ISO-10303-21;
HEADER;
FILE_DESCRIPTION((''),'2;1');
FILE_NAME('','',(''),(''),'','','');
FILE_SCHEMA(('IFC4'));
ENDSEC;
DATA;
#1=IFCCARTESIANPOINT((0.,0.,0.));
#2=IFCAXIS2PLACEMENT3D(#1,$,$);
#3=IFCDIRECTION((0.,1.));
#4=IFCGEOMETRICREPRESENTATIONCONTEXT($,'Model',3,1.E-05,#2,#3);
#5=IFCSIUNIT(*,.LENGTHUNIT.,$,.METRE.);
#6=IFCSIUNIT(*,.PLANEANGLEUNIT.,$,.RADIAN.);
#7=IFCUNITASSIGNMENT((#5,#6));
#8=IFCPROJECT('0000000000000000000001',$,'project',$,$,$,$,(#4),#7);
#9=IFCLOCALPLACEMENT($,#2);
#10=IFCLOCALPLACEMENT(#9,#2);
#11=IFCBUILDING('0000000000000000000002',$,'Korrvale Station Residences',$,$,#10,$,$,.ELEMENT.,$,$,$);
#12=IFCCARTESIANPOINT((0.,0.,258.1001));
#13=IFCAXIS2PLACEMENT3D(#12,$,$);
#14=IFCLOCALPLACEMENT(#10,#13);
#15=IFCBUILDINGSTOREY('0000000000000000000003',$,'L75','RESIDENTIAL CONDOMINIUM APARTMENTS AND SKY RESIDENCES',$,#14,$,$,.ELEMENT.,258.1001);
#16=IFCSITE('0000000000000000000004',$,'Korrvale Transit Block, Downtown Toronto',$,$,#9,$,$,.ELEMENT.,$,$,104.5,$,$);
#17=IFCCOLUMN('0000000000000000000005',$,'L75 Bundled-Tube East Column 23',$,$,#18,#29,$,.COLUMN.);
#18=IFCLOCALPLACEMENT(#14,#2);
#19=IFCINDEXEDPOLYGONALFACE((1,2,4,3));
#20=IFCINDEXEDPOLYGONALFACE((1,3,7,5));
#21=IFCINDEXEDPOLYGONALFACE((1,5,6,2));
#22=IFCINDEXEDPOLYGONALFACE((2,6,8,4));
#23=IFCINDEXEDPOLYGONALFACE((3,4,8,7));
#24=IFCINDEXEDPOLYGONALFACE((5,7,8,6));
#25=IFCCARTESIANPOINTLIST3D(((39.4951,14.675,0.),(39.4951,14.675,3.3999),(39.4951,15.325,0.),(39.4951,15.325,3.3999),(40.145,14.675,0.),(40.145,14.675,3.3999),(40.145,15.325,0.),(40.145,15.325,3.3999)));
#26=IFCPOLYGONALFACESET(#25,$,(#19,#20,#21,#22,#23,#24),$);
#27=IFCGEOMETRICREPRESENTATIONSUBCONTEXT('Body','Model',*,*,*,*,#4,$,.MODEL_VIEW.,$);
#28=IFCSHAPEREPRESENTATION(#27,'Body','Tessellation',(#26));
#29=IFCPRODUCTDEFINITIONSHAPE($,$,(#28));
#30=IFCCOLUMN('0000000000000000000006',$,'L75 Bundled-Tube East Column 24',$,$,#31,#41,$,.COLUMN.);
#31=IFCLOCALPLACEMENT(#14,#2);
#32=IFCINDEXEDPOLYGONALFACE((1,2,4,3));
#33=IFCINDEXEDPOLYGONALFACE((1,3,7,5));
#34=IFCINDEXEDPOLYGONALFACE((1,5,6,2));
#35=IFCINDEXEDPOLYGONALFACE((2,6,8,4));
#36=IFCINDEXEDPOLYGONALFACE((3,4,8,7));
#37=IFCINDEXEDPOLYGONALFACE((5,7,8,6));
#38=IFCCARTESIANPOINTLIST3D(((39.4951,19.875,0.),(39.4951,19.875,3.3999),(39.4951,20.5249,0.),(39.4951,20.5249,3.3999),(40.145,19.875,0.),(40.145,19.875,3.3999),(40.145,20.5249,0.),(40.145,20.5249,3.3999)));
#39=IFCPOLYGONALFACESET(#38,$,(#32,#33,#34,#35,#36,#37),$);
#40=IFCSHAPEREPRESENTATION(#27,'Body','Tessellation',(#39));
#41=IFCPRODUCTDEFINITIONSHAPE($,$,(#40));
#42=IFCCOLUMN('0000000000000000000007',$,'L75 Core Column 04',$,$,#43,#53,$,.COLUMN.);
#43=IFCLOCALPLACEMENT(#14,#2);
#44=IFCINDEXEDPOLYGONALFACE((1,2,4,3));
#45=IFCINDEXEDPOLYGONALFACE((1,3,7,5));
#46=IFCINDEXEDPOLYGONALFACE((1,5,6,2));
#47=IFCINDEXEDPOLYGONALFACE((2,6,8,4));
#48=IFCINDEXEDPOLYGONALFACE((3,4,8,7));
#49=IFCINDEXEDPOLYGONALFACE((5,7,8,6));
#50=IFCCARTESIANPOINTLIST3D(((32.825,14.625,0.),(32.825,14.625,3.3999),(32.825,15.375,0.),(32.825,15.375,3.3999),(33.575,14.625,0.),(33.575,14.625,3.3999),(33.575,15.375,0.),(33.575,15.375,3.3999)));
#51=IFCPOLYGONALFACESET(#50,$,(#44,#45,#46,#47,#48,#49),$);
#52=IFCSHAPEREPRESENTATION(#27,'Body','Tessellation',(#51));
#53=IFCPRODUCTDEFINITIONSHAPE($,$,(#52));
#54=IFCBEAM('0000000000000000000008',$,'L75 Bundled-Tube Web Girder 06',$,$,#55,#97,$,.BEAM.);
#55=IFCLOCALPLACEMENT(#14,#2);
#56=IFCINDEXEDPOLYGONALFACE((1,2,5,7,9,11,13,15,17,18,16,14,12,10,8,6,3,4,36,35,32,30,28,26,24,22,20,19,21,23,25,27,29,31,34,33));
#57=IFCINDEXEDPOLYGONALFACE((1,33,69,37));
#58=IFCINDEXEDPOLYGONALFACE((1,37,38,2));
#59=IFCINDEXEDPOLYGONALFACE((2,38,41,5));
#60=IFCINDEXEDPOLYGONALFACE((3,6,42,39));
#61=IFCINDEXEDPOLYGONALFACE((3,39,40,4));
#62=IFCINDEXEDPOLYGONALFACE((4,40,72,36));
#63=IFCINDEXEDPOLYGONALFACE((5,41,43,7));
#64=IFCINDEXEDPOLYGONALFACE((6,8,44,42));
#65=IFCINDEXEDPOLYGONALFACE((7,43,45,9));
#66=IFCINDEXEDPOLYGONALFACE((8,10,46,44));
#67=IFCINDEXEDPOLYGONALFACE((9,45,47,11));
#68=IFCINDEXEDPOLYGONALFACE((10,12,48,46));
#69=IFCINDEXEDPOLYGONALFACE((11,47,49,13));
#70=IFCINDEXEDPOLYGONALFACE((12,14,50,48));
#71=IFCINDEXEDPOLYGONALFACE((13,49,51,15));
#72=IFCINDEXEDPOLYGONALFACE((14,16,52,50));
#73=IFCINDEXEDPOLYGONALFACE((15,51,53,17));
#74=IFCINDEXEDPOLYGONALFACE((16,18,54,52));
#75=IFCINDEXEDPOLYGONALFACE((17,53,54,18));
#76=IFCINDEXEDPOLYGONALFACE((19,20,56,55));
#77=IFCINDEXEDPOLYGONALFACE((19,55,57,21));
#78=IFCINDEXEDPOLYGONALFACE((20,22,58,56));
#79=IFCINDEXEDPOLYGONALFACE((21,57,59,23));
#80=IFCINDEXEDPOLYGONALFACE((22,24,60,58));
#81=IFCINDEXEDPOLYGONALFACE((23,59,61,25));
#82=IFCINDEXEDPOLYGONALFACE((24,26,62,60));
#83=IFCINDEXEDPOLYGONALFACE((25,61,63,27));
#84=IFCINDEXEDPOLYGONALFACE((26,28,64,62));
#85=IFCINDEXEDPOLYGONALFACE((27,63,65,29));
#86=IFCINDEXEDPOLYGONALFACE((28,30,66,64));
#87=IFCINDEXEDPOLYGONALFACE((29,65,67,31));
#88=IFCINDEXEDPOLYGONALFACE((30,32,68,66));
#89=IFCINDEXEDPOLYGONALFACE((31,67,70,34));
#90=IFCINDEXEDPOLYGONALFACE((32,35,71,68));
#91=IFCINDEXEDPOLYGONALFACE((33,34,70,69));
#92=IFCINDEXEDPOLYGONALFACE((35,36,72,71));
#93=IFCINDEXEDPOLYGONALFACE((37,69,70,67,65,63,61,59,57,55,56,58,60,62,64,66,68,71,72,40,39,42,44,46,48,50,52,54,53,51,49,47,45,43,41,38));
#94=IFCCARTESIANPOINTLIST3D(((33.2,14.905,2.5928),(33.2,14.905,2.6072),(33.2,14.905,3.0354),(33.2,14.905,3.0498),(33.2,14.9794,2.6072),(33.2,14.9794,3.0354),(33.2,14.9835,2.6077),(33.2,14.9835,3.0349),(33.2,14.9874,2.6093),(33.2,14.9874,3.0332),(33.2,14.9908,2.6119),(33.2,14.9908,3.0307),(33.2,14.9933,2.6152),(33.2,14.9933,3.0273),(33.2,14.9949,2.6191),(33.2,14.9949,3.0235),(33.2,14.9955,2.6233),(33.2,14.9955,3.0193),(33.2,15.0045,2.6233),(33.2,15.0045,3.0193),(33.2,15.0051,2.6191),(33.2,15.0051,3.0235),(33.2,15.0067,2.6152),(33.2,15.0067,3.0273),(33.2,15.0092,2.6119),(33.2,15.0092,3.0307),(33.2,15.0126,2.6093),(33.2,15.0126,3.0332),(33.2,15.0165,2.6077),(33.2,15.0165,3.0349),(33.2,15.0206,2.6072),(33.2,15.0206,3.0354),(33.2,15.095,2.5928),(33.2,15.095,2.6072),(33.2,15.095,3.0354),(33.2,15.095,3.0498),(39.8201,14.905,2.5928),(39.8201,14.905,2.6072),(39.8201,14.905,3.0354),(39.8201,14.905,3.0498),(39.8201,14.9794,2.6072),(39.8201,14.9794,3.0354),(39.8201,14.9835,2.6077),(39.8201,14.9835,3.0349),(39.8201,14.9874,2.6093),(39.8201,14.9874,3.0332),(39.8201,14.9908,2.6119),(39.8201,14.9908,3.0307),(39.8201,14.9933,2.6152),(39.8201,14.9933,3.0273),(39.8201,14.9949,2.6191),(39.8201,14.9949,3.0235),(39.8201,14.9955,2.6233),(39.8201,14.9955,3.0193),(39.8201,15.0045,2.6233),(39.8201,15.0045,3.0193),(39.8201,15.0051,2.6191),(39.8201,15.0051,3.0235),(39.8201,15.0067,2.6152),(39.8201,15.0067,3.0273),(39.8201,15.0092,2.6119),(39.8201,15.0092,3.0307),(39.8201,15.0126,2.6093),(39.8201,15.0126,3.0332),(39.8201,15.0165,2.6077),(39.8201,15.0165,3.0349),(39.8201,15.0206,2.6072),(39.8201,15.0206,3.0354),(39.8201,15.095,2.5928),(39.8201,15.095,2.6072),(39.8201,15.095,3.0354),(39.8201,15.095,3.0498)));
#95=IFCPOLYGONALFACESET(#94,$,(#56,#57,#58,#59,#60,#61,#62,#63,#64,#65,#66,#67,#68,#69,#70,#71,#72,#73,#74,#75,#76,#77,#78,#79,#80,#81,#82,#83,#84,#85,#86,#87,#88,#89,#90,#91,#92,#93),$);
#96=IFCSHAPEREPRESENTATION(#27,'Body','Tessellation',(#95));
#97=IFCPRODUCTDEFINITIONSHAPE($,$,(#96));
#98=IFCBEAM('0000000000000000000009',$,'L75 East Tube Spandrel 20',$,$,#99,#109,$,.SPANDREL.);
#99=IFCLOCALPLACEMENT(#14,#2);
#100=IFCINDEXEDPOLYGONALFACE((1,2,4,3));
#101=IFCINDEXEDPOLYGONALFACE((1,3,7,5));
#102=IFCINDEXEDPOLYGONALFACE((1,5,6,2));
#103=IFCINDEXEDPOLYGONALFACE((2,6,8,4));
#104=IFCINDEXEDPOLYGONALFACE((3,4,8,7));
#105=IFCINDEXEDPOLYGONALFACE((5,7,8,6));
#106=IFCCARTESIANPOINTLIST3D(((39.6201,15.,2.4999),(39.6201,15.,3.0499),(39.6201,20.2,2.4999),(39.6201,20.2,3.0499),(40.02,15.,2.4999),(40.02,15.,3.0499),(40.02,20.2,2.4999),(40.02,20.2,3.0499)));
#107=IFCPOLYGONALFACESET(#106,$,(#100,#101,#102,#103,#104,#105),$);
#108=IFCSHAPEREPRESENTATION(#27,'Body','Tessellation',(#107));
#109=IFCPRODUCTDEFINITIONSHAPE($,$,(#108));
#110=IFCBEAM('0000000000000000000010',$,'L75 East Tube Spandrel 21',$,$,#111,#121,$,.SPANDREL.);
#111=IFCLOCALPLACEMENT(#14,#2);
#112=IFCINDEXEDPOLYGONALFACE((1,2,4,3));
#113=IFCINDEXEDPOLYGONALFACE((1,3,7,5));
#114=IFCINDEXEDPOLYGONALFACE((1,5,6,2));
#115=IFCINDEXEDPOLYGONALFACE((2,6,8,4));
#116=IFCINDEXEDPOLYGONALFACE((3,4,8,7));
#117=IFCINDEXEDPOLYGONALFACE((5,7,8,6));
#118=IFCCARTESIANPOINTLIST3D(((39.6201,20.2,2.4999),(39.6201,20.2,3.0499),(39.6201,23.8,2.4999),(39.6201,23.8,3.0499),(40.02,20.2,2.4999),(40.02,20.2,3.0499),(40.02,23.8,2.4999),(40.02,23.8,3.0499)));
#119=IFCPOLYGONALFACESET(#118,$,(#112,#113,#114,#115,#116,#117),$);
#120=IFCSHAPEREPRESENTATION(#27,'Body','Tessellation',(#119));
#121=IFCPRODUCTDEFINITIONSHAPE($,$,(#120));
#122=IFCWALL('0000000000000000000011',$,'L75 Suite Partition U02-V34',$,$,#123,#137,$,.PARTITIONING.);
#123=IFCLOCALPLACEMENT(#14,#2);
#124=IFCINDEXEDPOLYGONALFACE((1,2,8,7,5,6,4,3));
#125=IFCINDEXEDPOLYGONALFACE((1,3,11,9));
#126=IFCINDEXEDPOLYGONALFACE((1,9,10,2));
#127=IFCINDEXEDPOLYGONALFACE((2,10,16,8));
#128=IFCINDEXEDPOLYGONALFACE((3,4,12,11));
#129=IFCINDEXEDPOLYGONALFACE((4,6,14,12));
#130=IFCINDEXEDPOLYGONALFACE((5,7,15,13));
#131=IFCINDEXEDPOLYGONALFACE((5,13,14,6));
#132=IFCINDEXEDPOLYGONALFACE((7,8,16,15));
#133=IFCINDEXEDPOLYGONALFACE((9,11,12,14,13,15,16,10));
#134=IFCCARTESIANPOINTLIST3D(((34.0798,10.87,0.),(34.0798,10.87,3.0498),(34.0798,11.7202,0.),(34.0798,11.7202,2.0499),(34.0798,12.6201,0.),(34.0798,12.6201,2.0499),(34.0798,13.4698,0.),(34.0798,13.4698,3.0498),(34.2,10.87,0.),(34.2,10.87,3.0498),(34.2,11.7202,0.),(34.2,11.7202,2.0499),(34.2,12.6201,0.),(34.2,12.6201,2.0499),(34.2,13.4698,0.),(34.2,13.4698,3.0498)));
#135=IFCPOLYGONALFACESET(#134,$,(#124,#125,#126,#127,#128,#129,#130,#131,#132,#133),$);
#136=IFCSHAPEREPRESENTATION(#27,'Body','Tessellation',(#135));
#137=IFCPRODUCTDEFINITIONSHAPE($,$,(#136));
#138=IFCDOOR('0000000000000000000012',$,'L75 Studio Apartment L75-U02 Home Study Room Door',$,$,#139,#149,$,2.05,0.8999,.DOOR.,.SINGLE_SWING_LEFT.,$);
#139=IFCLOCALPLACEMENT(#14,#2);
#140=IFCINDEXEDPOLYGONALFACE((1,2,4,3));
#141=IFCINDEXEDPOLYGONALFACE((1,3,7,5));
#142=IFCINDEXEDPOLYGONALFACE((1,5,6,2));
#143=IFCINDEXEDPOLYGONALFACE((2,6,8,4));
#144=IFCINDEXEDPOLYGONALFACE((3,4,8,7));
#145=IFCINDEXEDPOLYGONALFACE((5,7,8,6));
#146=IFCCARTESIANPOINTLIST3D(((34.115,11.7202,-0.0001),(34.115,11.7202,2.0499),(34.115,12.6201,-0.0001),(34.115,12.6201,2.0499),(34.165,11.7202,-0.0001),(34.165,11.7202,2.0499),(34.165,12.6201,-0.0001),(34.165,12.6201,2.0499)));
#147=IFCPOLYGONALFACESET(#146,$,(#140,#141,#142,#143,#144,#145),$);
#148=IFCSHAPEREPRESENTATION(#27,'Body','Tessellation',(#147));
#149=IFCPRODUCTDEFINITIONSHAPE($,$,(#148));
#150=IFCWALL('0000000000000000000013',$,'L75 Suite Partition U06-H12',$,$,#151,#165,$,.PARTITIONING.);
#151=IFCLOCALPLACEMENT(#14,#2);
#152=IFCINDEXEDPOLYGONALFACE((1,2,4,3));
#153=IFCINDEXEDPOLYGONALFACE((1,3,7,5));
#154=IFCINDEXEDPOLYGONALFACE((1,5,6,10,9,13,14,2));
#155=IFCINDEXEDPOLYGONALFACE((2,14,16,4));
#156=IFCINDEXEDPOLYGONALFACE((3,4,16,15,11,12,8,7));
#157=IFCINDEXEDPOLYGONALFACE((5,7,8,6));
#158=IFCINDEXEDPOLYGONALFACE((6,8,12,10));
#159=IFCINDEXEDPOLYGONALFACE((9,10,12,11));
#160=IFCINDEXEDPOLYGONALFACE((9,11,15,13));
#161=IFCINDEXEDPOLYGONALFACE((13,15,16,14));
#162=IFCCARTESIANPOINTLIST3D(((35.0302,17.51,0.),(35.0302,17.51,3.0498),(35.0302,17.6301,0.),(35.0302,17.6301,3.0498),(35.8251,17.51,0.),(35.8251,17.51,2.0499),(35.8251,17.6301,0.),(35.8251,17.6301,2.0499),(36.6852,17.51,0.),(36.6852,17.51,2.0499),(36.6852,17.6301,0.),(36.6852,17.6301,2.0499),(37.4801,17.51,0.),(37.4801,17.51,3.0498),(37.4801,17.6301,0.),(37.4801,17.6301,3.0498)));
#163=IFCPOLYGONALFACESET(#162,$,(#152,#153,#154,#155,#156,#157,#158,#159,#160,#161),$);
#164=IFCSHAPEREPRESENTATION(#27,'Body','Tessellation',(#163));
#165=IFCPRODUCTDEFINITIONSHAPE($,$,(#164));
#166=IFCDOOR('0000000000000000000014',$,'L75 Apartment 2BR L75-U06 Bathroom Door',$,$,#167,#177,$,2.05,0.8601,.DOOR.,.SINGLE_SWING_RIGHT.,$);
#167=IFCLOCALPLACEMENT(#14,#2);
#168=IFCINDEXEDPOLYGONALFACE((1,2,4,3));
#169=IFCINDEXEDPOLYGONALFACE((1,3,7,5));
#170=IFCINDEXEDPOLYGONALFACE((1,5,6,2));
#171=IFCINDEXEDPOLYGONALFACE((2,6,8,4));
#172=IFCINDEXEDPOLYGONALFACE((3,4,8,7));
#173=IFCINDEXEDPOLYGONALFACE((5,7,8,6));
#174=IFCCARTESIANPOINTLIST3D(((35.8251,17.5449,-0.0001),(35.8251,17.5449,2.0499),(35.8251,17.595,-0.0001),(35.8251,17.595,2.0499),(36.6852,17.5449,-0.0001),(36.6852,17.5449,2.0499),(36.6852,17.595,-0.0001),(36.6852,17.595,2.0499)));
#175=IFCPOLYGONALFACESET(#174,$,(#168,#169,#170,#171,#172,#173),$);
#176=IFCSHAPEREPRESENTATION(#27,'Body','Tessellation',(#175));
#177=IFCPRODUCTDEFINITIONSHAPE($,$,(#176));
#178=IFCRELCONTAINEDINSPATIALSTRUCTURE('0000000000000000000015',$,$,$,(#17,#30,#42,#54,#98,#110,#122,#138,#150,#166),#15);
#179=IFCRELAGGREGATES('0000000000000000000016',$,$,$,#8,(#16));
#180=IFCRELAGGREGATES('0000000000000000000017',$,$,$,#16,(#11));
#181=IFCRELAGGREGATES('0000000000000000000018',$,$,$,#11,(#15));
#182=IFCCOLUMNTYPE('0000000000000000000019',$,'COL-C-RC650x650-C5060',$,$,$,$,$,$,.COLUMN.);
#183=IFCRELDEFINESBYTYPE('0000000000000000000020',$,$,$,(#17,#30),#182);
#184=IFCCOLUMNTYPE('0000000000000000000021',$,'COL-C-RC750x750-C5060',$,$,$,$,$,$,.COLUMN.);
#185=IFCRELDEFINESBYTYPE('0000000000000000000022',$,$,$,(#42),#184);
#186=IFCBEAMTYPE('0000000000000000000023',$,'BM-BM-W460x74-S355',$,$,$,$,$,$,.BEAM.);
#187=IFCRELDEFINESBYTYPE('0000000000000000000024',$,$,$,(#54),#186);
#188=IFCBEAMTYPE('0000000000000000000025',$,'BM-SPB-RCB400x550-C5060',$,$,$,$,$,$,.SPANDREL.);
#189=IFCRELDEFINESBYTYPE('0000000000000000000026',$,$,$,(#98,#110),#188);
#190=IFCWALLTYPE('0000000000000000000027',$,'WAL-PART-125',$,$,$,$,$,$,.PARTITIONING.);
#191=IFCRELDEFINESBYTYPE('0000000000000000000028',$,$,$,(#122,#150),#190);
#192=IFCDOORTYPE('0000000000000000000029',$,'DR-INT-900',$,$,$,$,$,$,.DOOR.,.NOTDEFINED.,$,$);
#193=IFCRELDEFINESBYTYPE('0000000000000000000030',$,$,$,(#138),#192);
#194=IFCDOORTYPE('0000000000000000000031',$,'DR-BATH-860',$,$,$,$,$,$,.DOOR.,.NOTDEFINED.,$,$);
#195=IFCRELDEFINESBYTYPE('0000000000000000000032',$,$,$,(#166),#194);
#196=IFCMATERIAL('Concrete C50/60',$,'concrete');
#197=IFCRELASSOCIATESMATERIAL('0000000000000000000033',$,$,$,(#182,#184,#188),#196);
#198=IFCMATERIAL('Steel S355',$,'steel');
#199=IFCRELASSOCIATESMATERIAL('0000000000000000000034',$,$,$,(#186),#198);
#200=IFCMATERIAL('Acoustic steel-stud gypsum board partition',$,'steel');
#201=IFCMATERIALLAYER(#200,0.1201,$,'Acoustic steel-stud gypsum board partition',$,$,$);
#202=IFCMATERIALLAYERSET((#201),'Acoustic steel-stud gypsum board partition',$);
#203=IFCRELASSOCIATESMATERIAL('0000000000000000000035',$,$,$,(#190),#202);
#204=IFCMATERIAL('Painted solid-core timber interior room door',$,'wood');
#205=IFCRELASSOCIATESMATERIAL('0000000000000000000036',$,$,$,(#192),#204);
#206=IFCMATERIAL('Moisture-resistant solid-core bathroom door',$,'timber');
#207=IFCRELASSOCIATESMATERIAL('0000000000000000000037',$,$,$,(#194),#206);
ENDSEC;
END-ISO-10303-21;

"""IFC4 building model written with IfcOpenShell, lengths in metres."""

from ifc_helpers import new_model, si_unit, direction, frame, frame_2d, origin, origin_2d, place, context, subcontext, project, spatial, rectangle, i_section, extrude, material, layer, layer_set, material_profile, profile_set, type_object, element, fill, save


model = new_model("IFC4")

# Units and contexts
model_context = context("Model", 3, precision=1e-05, world=origin(), true_north=direction((0.0, 1.0)))
body_context = subcontext(model_context, "Body", "Model", "MODEL_VIEW")
ifc_project = project(units=[si_unit("LENGTHUNIT", "METRE"), si_unit("PLANEANGLEUNIT", "RADIAN")], contexts=[model_context])

# Site, building, storey
site_placement = place(None, origin())
site = spatial("IfcSite", under=ifc_project, at=site_placement, Name="Korrvale Transit Block, Downtown Toronto", CompositionType="ELEMENT", RefElevation=104.5)
building_placement = place(site_placement, origin())
building = spatial("IfcBuilding", under=site, at=building_placement, Name="Korrvale Station Residences", CompositionType="ELEMENT")
storey_placement = place(building_placement, frame((0.0, 0.0, 258.1001)))
storey = spatial("IfcBuildingStorey", under=building, at=storey_placement, Name="L75", Description="RESIDENTIAL CONDOMINIUM APARTMENTS AND SKY RESIDENCES", CompositionType="ELEMENT", Elevation=258.1001)

# Columns
ifc_material_1 = material(Name="Concrete C50/60", Category="concrete")
ifc_material_profile_1 = material_profile(ifc_material_1, rectangle(XDim=0.6499, YDim=0.6499, at=origin_2d()), Name="RC650x650")
ifc_profile_set_1 = profile_set([ifc_material_profile_1], Name="Concrete C50/60")
column_type_1 = type_object("IfcColumnType", Name="COL-C-RC650x650-C5060", PredefinedType="COLUMN", material=ifc_profile_set_1)
for number, where, z_axis, x_axis, name in (
    (1, (39.8201, 15.0, 0.0), (0.0, 0.0, 1.0), (1.0, 0.0, 0.0), "L75 Bundled-Tube East Column 23"),
    (2, (39.8201, 20.2, 0.0), (0.0, 0.0, 1.0), (1.0, 0.0, 0.0), "L75 Bundled-Tube East Column 24"),
):
    element("IfcColumn", number, at=place(storey_placement, frame(where, z_axis=z_axis, x_axis=x_axis)), inside=storey, type_object=column_type_1, Name=name, PredefinedType="COLUMN", context=body_context, shape_type="SweptSolid", body=[
        extrude(rectangle(XDim=0.6499, YDim=0.6499, at=origin_2d()), origin(), (0.0, 0.0, 1.0), 3.3999),
    ])
ifc_material_profile_2 = material_profile(ifc_material_1, rectangle(XDim=0.75, YDim=0.75, at=origin_2d()), Name="RC750x750")
ifc_profile_set_2 = profile_set([ifc_material_profile_2], Name="Concrete C50/60")
column_type_2 = type_object("IfcColumnType", Name="COL-C-RC750x750-C5060", PredefinedType="COLUMN", material=ifc_profile_set_2)
column_placement = place(storey_placement, frame((33.2, 15.0, 0.0), z_axis=(0.0, 0.0, 1.0), x_axis=(1.0, 0.0, 0.0)))
element("IfcColumn", 3, at=column_placement, inside=storey, type_object=column_type_2, Name="L75 Core Column 04", PredefinedType="COLUMN", context=body_context, shape_type="SweptSolid", body=[
    extrude(rectangle(XDim=0.75, YDim=0.75, at=origin_2d()), origin(), (0.0, 0.0, 1.0), 3.3999),
])

# Beams
ifc_material_2 = material(Name="Steel S355", Category="steel")
ifc_material_profile_3 = material_profile(ifc_material_2, i_section(OverallWidth=0.1899, OverallDepth=0.457, WebThickness=0.009, FlangeThickness=0.0144, FilletRadius=0.0161, at=origin_2d()), Name="W460x74")
ifc_profile_set_3 = profile_set([ifc_material_profile_3], Name="Steel S355")
beam_type_1 = type_object("IfcBeamType", Name="BM-BM-W460x74-S355", PredefinedType="BEAM", material=ifc_profile_set_3)
beam_1_placement = place(storey_placement, frame((33.2, 15.0, 2.8213), z_axis=(1.0, 0.0, 0.0), x_axis=(0.0, 1.0, 0.0)))
element("IfcBeam", 4, at=beam_1_placement, inside=storey, type_object=beam_type_1, Name="L75 Bundled-Tube Web Girder 06", PredefinedType="BEAM", context=body_context, shape_type="SweptSolid", body=[
    extrude(i_section(OverallWidth=0.1899, OverallDepth=0.457, WebThickness=0.009, FlangeThickness=0.0144, FilletRadius=0.0161, at=origin_2d()), origin(), (0.0, 0.0, 1.0), 6.6201),
])
ifc_material_profile_4 = material_profile(ifc_material_1, rectangle(XDim=0.3999, YDim=0.55, at=origin_2d()), Name="RCB400x550")
ifc_profile_set_4 = profile_set([ifc_material_profile_4], Name="Concrete C50/60")
beam_type_2 = type_object("IfcBeamType", Name="BM-SPB-RCB400x550-C5060", PredefinedType="SPANDREL", material=ifc_profile_set_4)
beam_2_placement = place(storey_placement, frame((39.8201, 15.0, 2.7749), z_axis=(0.0, 1.0, 0.0), x_axis=(-1.0, 0.0, 0.0)))
element("IfcBeam", 5, at=beam_2_placement, inside=storey, type_object=beam_type_2, Name="L75 East Tube Spandrel 20", PredefinedType="SPANDREL", context=body_context, shape_type="SweptSolid", body=[
    extrude(rectangle(XDim=0.3999, YDim=0.55, at=origin_2d()), origin(), (0.0, 0.0, 1.0), 5.2),
])
beam_3_placement = place(storey_placement, frame((39.8201, 20.2, 2.7749), z_axis=(0.0, 1.0, 0.0), x_axis=(-1.0, 0.0, 0.0)))
element("IfcBeam", 6, at=beam_3_placement, inside=storey, type_object=beam_type_2, Name="L75 East Tube Spandrel 21", PredefinedType="SPANDREL", context=body_context, shape_type="SweptSolid", body=[
    extrude(rectangle(XDim=0.3999, YDim=0.55, at=origin_2d()), origin(), (0.0, 0.0, 1.0), 3.6001),
])

# Walls, openings, doors
ifc_material_3 = material(Name="Acoustic steel-stud gypsum board partition", Category="steel")
ifc_layer_1 = layer(ifc_material_3, 0.1201, Name="Acoustic steel-stud gypsum board partition")
ifc_layer_set_1 = layer_set([ifc_layer_1], Name="Acoustic steel-stud gypsum board partition")
wall_type_1 = type_object("IfcWallType", Name="WAL-PART-125", PredefinedType="PARTITIONING", material=ifc_layer_set_1)
wall_1_placement = place(storey_placement, frame((34.1399, 10.8701, 0.0), z_axis=(0.0, 0.0, 1.0), x_axis=(0.0, 1.0, 0.0)))
wall_1 = element("IfcWall", 7, at=wall_1_placement, inside=storey, type_object=wall_type_1, Name="L75 Suite Partition U02-V34", PredefinedType="PARTITIONING", context=body_context, shape_type="SweptSolid", body=[
    extrude(rectangle(XDim=2.5999, YDim=0.1201, at=frame_2d((1.2998, 0.0))), origin(), (0.0, 0.0, 1.0), 3.0498),
])
opening_1_placement = place(wall_1_placement, frame((0.8501, 0.0, 0.0)))
opening_1 = element("IfcOpeningElement", 8, at=opening_1_placement, cuts=wall_1, PredefinedType="OPENING", context=body_context, shape_type="SweptSolid", body=[
    extrude(rectangle(XDim=0.8999, YDim=2.05, at=frame_2d((0.45, 1.0249))), frame((0.0, 0.0701, 0.0), z_axis=(0.0, -1.0, 0.0), x_axis=(1.0, 0.0, 0.0)), (0.0, 0.0, 1.0), 0.1401),
])
ifc_material_4 = material(Name="Painted solid-core timber interior room door", Category="wood")
door_type_1 = type_object("IfcDoorType", Name="DR-INT-900", OperationType="NOTDEFINED", PredefinedType="DOOR", material=ifc_material_4)
door_1_placement = place(opening_1_placement, origin())
door_1 = element("IfcDoor", 9, at=door_1_placement, inside=storey, type_object=door_type_1, Name="L75 Studio Apartment L75-U02 Home Study Room Door", OperationType="SINGLE_SWING_LEFT", OverallHeight=2.05, OverallWidth=0.8999, PredefinedType="DOOR", context=body_context, shape_type="SweptSolid", body=[
    extrude(rectangle(XDim=0.8999, YDim=2.05, at=frame_2d((0.45, 1.0249))), frame((0.0, 0.0249, 0.0), z_axis=(0.0, -1.0, 0.0), x_axis=(1.0, 0.0, 0.0)), (0.0, 0.0, 1.0), 0.05),
])
fill(opening_1, door_1)
wall_2_placement = place(storey_placement, frame((35.03, 17.5701, 0.0), z_axis=(0.0, 0.0, 1.0), x_axis=(1.0, 0.0, 0.0)))
wall_2 = element("IfcWall", 10, at=wall_2_placement, inside=storey, type_object=wall_type_1, Name="L75 Suite Partition U06-H12", PredefinedType="PARTITIONING", context=body_context, shape_type="SweptSolid", body=[
    extrude(rectangle(XDim=2.45, YDim=0.1201, at=frame_2d((1.2251, 0.0))), origin(), (0.0, 0.0, 1.0), 3.0498),
])
opening_2_placement = place(wall_2_placement, frame((0.7949, 0.0, 0.0)))
opening_2 = element("IfcOpeningElement", 11, at=opening_2_placement, cuts=wall_2, PredefinedType="OPENING", context=body_context, shape_type="SweptSolid", body=[
    extrude(rectangle(XDim=0.8601, YDim=2.05, at=frame_2d((0.4302, 1.0249))), frame((0.0, 0.0701, 0.0), z_axis=(0.0, -1.0, 0.0), x_axis=(1.0, 0.0, 0.0)), (0.0, 0.0, 1.0), 0.1401),
])
ifc_material_5 = material(Name="Moisture-resistant solid-core bathroom door", Category="timber")
door_type_2 = type_object("IfcDoorType", Name="DR-BATH-860", OperationType="NOTDEFINED", PredefinedType="DOOR", material=ifc_material_5)
door_2_placement = place(opening_2_placement, origin())
door_2 = element("IfcDoor", 12, at=door_2_placement, inside=storey, type_object=door_type_2, Name="L75 Apartment 2BR L75-U06 Bathroom Door", OperationType="SINGLE_SWING_RIGHT", OverallHeight=2.05, OverallWidth=0.8601, PredefinedType="DOOR", context=body_context, shape_type="SweptSolid", body=[
    extrude(rectangle(XDim=0.8601, YDim=2.05, at=frame_2d((0.4302, 1.0249))), frame((0.0, 0.0249, 0.0), z_axis=(0.0, -1.0, 0.0), x_axis=(1.0, 0.0, 0.0)), (0.0, 0.0, 1.0), 0.05),
])
fill(opening_2, door_2)

save(model, "model.ifc")
